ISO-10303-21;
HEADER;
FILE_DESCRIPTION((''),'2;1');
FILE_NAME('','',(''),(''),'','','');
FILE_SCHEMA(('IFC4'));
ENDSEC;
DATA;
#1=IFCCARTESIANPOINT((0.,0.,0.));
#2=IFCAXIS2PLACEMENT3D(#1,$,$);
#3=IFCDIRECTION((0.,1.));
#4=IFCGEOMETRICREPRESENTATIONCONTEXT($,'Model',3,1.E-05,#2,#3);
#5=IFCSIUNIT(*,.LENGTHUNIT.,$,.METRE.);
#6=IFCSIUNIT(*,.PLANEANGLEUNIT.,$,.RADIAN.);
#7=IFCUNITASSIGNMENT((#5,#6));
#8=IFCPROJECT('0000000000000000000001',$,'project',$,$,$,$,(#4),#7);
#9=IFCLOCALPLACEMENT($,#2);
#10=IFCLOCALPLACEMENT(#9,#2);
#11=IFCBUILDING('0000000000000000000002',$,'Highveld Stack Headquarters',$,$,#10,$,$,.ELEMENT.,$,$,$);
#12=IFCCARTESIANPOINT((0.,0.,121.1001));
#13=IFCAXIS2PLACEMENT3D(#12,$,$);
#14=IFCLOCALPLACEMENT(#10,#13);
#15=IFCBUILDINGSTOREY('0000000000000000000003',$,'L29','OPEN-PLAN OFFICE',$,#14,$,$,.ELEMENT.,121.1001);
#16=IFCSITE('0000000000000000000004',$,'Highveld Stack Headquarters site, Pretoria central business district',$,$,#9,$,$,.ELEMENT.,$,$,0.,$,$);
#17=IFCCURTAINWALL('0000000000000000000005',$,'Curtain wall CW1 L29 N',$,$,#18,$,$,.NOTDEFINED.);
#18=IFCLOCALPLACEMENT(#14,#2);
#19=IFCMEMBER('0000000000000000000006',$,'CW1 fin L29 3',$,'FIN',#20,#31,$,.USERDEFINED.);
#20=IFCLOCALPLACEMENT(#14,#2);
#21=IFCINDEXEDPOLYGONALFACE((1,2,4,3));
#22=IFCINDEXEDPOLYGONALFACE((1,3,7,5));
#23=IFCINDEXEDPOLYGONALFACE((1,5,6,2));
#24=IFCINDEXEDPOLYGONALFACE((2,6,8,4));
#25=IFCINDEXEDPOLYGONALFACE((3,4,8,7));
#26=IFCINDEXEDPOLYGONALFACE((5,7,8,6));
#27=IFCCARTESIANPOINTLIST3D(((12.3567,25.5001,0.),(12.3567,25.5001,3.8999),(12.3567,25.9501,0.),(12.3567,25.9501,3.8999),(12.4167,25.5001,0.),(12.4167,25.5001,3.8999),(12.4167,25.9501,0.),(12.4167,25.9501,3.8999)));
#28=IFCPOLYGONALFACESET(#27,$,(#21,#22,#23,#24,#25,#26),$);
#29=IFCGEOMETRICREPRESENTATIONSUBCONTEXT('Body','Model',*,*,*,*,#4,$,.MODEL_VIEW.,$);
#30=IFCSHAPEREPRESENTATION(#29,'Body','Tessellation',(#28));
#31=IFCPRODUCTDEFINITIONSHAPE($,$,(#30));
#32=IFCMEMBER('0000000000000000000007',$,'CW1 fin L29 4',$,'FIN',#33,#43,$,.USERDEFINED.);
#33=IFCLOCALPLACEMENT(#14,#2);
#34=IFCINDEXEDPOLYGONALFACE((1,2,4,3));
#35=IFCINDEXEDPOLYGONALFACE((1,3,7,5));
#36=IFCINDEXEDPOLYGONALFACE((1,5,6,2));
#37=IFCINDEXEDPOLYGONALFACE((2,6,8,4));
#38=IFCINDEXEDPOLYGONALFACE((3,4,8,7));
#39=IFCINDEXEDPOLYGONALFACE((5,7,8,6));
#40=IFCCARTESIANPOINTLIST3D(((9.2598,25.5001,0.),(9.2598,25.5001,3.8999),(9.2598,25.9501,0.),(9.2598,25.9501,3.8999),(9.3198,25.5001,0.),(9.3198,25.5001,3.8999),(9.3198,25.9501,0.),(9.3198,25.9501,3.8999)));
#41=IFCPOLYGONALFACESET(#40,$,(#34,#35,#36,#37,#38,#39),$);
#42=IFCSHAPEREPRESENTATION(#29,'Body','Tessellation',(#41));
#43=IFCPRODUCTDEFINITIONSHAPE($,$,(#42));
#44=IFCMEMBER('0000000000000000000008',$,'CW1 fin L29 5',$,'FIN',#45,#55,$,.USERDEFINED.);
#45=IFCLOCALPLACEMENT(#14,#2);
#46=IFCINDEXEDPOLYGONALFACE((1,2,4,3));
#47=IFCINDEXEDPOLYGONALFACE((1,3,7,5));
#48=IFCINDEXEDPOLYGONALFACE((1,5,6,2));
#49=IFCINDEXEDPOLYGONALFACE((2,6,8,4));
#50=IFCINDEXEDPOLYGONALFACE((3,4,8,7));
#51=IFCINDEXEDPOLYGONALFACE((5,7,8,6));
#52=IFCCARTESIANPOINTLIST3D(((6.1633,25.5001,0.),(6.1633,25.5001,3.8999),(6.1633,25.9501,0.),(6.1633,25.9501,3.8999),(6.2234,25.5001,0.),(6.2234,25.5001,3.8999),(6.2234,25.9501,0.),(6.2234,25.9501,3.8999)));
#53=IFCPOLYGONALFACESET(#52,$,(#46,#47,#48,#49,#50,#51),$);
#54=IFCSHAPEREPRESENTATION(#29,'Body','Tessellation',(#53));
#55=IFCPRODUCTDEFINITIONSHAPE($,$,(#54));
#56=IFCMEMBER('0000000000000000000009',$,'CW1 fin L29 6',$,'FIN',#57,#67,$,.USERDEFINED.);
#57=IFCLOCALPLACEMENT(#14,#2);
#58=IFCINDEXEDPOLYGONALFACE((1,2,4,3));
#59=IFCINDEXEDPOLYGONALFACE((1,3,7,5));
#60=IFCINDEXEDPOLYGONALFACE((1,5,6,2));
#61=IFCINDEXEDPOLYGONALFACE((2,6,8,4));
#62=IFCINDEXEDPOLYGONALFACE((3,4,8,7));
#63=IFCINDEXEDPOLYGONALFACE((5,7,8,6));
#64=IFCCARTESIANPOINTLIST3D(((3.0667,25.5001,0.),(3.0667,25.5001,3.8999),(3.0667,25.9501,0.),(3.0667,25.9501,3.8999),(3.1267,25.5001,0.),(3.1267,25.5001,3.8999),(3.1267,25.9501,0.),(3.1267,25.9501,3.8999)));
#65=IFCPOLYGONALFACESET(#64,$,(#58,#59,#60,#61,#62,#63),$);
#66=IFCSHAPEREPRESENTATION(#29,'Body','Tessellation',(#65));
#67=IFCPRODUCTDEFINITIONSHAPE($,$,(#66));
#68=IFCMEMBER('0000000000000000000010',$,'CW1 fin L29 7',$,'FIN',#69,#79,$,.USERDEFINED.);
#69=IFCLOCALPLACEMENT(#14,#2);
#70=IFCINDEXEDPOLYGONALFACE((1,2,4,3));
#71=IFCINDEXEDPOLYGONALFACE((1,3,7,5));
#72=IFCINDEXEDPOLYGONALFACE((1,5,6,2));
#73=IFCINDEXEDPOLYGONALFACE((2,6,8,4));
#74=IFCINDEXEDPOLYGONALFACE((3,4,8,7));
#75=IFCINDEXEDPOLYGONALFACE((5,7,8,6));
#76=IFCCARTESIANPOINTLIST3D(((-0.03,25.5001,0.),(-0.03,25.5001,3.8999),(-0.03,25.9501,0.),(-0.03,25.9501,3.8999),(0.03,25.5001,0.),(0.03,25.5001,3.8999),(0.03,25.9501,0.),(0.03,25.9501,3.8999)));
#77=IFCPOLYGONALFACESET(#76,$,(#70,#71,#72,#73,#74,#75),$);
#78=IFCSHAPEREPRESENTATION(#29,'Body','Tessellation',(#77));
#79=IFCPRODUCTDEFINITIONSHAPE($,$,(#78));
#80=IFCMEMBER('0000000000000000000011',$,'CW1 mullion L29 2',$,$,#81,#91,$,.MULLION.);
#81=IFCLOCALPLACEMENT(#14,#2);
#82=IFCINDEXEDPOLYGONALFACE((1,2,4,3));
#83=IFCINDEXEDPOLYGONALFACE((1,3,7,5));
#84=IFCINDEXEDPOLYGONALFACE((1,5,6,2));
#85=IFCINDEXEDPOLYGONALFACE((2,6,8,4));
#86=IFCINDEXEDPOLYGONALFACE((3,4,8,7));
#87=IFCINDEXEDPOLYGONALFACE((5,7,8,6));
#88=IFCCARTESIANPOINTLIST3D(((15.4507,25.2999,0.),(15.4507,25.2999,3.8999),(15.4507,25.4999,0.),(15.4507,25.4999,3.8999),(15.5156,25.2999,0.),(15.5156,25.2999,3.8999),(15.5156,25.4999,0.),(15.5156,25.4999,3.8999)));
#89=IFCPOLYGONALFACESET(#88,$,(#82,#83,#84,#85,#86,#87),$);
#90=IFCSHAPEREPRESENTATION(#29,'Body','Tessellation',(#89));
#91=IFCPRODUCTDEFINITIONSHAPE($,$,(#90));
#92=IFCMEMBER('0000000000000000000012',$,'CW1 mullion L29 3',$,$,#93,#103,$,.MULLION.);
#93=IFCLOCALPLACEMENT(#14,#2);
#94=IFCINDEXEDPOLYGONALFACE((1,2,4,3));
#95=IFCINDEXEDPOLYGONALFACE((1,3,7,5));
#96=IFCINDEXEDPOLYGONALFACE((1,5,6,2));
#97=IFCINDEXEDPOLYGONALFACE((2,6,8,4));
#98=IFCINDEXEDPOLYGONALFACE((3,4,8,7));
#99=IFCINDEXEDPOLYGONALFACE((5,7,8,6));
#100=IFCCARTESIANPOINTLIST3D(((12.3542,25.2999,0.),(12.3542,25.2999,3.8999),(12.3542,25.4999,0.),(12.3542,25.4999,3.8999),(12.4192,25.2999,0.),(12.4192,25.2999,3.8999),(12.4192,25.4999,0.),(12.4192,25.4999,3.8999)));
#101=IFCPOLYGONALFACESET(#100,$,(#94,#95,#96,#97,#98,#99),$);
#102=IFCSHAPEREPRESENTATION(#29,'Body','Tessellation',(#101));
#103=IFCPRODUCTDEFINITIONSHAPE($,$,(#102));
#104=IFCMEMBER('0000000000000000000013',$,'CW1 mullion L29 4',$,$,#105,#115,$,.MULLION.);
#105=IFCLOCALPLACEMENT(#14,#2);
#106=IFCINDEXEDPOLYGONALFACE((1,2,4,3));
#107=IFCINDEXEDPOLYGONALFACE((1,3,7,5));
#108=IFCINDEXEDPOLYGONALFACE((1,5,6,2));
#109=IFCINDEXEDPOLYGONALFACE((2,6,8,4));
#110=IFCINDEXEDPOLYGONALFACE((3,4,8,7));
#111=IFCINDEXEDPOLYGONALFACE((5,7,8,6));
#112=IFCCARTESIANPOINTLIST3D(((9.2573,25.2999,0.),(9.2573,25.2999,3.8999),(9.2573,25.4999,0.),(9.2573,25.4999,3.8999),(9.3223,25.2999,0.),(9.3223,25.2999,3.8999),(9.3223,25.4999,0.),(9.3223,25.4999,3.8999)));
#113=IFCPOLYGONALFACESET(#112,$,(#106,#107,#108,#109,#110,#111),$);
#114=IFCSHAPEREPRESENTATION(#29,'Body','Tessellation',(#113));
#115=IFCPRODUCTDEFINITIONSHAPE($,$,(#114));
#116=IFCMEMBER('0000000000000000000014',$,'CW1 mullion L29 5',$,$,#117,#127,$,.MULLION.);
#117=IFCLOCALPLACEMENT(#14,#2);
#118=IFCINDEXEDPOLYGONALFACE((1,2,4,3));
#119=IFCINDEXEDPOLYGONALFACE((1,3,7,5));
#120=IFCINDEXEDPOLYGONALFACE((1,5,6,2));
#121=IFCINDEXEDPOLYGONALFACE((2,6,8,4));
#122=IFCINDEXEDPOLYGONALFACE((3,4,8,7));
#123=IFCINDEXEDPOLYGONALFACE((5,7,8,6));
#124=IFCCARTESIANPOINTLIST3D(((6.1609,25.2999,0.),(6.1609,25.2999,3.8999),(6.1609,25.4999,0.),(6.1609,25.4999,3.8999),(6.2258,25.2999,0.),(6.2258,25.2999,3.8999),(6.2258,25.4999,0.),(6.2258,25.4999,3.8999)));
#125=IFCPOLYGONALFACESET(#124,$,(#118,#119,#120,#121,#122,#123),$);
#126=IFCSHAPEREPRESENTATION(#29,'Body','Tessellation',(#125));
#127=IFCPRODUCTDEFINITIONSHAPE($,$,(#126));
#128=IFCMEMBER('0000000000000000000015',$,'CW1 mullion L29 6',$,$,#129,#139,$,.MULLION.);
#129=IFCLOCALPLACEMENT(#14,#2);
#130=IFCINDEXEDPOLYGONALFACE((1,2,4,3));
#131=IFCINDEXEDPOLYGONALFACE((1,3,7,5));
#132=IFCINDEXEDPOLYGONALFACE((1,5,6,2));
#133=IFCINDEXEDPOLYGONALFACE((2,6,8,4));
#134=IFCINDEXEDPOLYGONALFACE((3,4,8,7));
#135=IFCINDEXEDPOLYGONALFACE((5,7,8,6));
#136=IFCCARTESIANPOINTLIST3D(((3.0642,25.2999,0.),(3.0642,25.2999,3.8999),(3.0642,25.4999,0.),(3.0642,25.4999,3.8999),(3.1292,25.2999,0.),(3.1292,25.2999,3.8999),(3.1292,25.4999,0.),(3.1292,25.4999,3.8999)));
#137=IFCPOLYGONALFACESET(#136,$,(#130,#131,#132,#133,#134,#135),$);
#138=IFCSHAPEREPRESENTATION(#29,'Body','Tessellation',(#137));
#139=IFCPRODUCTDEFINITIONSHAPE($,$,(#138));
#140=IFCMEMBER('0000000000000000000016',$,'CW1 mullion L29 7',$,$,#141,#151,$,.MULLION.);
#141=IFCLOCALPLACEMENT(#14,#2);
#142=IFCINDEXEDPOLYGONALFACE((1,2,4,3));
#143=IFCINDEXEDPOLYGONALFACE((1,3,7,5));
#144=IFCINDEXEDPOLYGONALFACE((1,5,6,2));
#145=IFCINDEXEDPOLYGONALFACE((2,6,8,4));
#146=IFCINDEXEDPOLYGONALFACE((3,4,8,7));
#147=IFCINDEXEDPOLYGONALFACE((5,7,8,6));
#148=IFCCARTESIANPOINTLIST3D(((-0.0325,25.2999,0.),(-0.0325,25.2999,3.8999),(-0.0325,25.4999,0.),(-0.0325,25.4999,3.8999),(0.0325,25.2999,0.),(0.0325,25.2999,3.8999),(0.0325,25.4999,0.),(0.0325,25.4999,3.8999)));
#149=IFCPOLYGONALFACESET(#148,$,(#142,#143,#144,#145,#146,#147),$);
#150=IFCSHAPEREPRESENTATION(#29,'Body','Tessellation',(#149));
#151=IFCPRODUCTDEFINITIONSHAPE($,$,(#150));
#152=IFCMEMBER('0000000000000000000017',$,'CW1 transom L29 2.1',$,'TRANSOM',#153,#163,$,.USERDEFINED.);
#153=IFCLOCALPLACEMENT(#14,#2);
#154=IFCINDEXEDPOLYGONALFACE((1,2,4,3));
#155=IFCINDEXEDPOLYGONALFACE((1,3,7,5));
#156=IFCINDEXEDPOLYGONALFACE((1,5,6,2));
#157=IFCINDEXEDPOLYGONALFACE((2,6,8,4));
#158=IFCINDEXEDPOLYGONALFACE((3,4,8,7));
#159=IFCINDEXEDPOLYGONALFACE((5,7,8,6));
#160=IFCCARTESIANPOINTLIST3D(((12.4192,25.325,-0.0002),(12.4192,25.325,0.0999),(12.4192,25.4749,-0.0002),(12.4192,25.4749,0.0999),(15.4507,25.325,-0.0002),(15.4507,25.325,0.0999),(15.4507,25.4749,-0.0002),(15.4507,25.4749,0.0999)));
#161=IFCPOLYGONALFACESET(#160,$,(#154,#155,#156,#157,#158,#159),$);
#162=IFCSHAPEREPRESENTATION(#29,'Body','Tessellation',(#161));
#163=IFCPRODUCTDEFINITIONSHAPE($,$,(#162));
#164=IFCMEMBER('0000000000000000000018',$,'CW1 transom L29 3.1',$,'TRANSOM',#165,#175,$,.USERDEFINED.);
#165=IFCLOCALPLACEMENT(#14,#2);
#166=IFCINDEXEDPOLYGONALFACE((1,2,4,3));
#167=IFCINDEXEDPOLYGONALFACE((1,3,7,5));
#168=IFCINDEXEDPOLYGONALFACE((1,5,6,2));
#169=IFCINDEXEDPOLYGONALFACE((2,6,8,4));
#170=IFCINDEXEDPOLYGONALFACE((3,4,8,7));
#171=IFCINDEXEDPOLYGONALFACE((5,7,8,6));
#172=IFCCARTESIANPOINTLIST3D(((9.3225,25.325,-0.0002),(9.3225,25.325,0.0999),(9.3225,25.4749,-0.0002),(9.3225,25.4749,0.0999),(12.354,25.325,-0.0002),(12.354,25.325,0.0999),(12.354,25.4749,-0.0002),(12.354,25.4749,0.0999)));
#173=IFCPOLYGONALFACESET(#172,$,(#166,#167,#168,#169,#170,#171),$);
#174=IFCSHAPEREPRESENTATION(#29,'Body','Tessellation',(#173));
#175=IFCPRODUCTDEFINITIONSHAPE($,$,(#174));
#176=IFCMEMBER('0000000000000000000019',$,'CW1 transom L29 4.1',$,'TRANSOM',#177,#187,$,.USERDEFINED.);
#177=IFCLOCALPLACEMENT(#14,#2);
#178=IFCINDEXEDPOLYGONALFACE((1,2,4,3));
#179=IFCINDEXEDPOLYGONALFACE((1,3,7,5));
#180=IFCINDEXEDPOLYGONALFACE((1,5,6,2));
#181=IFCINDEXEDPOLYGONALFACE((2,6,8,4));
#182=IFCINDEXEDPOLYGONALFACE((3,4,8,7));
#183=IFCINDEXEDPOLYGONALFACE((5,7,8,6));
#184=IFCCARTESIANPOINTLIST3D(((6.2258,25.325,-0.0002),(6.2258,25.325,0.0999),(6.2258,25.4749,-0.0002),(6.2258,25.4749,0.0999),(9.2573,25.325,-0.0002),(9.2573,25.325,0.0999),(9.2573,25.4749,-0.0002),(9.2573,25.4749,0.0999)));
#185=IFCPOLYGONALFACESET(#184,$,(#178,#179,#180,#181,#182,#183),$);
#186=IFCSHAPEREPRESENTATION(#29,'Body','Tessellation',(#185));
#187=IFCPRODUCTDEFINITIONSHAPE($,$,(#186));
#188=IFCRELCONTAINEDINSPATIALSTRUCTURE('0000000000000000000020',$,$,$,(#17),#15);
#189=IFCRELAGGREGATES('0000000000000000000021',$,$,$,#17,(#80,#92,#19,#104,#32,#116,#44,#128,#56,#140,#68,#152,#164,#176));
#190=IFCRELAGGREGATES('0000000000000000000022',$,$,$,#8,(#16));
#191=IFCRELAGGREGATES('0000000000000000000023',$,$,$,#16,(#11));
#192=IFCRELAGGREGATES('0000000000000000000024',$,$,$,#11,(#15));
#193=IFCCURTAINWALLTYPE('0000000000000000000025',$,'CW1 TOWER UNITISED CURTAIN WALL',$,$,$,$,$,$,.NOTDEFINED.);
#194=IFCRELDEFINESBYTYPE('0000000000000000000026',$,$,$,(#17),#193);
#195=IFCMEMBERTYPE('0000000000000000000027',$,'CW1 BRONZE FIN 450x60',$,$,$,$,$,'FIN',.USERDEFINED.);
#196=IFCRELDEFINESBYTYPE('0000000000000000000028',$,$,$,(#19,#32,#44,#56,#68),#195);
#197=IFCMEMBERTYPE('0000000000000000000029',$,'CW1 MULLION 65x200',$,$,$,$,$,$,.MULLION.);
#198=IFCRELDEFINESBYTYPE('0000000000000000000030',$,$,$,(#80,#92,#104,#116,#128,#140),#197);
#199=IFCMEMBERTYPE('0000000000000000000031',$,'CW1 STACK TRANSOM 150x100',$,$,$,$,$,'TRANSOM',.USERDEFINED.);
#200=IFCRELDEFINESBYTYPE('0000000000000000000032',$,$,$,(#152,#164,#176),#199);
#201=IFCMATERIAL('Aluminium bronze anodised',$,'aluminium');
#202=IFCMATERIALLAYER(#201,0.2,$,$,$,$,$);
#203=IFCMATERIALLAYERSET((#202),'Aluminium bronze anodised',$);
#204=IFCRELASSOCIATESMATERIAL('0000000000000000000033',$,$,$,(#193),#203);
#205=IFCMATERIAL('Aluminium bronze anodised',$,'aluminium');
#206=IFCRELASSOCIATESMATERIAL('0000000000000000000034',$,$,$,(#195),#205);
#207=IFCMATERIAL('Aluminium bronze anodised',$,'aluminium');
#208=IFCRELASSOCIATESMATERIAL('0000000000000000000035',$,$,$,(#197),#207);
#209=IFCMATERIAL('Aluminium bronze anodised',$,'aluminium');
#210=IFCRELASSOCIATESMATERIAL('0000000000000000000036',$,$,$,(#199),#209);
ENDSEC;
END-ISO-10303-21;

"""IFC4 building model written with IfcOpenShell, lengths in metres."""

from ifc_helpers import new_model, si_unit, direction, frame, origin, origin_2d, place, context, subcontext, project, spatial, rectangle, extrude, material, layer, layer_set, material_profile, profile_set, type_object, element, aggregate, save


model = new_model("IFC4")

# Units and contexts
model_context = context("Model", 3, precision=1e-05, world=origin(), true_north=direction((0.0, 1.0)))
body_context = subcontext(model_context, "Body", "Model", "MODEL_VIEW")
ifc_project = project(units=[si_unit("LENGTHUNIT", "METRE"), si_unit("PLANEANGLEUNIT", "RADIAN")], contexts=[model_context])

# Site, building, storey
site_placement = place(None, origin())
site = spatial("IfcSite", under=ifc_project, at=site_placement, Name="Highveld Stack Headquarters site, Pretoria central business district", CompositionType="ELEMENT", RefElevation=0.0)
building_placement = place(site_placement, origin())
building = spatial("IfcBuilding", under=site, at=building_placement, Name="Highveld Stack Headquarters", CompositionType="ELEMENT")
storey_placement = place(building_placement, frame((0.0, 0.0, 121.1001)))
storey = spatial("IfcBuildingStorey", under=building, at=storey_placement, Name="L29", Description="OPEN-PLAN OFFICE", CompositionType="ELEMENT", Elevation=121.1001)

# Curtain wall, members
ifc_material_1 = material(Name="Aluminium bronze anodised", Category="aluminium")
ifc_layer_1 = layer(ifc_material_1, 0.2)
ifc_layer_set_1 = layer_set([ifc_layer_1], Name="Aluminium bronze anodised")
curtain_wall_type = type_object("IfcCurtainWallType", Name="CW1 TOWER UNITISED CURTAIN WALL", PredefinedType="NOTDEFINED", material=ifc_layer_set_1)
curtain_wall_placement = place(storey_placement, origin())
curtain_wall = element("IfcCurtainWall", 1, at=curtain_wall_placement, inside=storey, type_object=curtain_wall_type, Name="Curtain wall CW1 L29 N", PredefinedType="NOTDEFINED")
ifc_material_2 = material(Name="Aluminium bronze anodised", Category="aluminium")
ifc_material_profile_1 = material_profile(ifc_material_2, rectangle(XDim=0.45, YDim=0.0601, at=origin_2d()), Name="FIN 450x60")
ifc_profile_set_1 = profile_set([ifc_material_profile_1], Name="Aluminium bronze anodised")
member_type_1 = type_object("IfcMemberType", Name="CW1 BRONZE FIN 450x60", ElementType="FIN", PredefinedType="USERDEFINED", material=ifc_profile_set_1)
member_1_placement = place(storey_placement, frame((12.3867, 25.7251, 0.0), z_axis=(0.0, 0.0, 1.0), x_axis=(0.0, -1.0, 0.0)))
member_1 = element("IfcMember", 2, at=member_1_placement, type_object=member_type_1, Name="CW1 fin L29 3", ObjectType="FIN", PredefinedType="USERDEFINED", context=body_context, shape_type="SweptSolid", body=[
    extrude(rectangle(XDim=0.45, YDim=0.0601, at=origin_2d()), origin(), (0.0, 0.0, 1.0), 3.8999),
])
member_2_placement = place(storey_placement, frame((9.2898, 25.7251, 0.0), z_axis=(0.0, 0.0, 1.0), x_axis=(0.0, -1.0, 0.0)))
member_2 = element("IfcMember", 3, at=member_2_placement, type_object=member_type_1, Name="CW1 fin L29 4", ObjectType="FIN", PredefinedType="USERDEFINED", context=body_context, shape_type="SweptSolid", body=[
    extrude(rectangle(XDim=0.45, YDim=0.0601, at=origin_2d()), origin(), (0.0, 0.0, 1.0), 3.8999),
])
member_3_placement = place(storey_placement, frame((6.1934, 25.7251, 0.0), z_axis=(0.0, 0.0, 1.0), x_axis=(0.0, -1.0, 0.0)))
member_3 = element("IfcMember", 4, at=member_3_placement, type_object=member_type_1, Name="CW1 fin L29 5", ObjectType="FIN", PredefinedType="USERDEFINED", context=body_context, shape_type="SweptSolid", body=[
    extrude(rectangle(XDim=0.45, YDim=0.0601, at=origin_2d()), origin(), (0.0, 0.0, 1.0), 3.8999),
])
member_4_placement = place(storey_placement, frame((3.0967, 25.7251, 0.0), z_axis=(0.0, 0.0, 1.0), x_axis=(0.0, -1.0, 0.0)))
member_4 = element("IfcMember", 5, at=member_4_placement, type_object=member_type_1, Name="CW1 fin L29 6", ObjectType="FIN", PredefinedType="USERDEFINED", context=body_context, shape_type="SweptSolid", body=[
    extrude(rectangle(XDim=0.45, YDim=0.0601, at=origin_2d()), origin(), (0.0, 0.0, 1.0), 3.8999),
])
member_5_placement = place(storey_placement, frame((0.0, 25.7251, 0.0), z_axis=(0.0, 0.0, 1.0), x_axis=(0.0, -1.0, 0.0)))
member_5 = element("IfcMember", 6, at=member_5_placement, type_object=member_type_1, Name="CW1 fin L29 7", ObjectType="FIN", PredefinedType="USERDEFINED", context=body_context, shape_type="SweptSolid", body=[
    extrude(rectangle(XDim=0.45, YDim=0.0601, at=origin_2d()), origin(), (0.0, 0.0, 1.0), 3.8999),
])
ifc_material_3 = material(Name="Aluminium bronze anodised", Category="aluminium")
ifc_material_profile_2 = material_profile(ifc_material_3, rectangle(XDim=0.2, YDim=0.0649, at=origin_2d()), Name="CW1 MULLION 65x200")
ifc_profile_set_2 = profile_set([ifc_material_profile_2], Name="Aluminium bronze anodised")
member_type_2 = type_object("IfcMemberType", Name="CW1 MULLION 65x200", PredefinedType="MULLION", material=ifc_profile_set_2)
member_6_placement = place(storey_placement, frame((15.4832, 25.3999, 0.0), z_axis=(0.0, 0.0, 1.0), x_axis=(0.0, -1.0, 0.0)))
member_6 = element("IfcMember", 7, at=member_6_placement, type_object=member_type_2, Name="CW1 mullion L29 2", PredefinedType="MULLION", context=body_context, shape_type="SweptSolid", body=[
    extrude(rectangle(XDim=0.2, YDim=0.0649, at=origin_2d()), origin(), (0.0, 0.0, 1.0), 3.8999),
])
member_7_placement = place(storey_placement, frame((12.3867, 25.3999, 0.0), z_axis=(0.0, 0.0, 1.0), x_axis=(0.0, -1.0, 0.0)))
member_7 = element("IfcMember", 8, at=member_7_placement, type_object=member_type_2, Name="CW1 mullion L29 3", PredefinedType="MULLION", context=body_context, shape_type="SweptSolid", body=[
    extrude(rectangle(XDim=0.2, YDim=0.0649, at=origin_2d()), origin(), (0.0, 0.0, 1.0), 3.8999),
])
member_8_placement = place(storey_placement, frame((9.2898, 25.3999, 0.0), z_axis=(0.0, 0.0, 1.0), x_axis=(0.0, -1.0, 0.0)))
member_8 = element("IfcMember", 9, at=member_8_placement, type_object=member_type_2, Name="CW1 mullion L29 4", PredefinedType="MULLION", context=body_context, shape_type="SweptSolid", body=[
    extrude(rectangle(XDim=0.2, YDim=0.0649, at=origin_2d()), origin(), (0.0, 0.0, 1.0), 3.8999),
])
member_9_placement = place(storey_placement, frame((6.1934, 25.3999, 0.0), z_axis=(0.0, 0.0, 1.0), x_axis=(0.0, -1.0, 0.0)))
member_9 = element("IfcMember", 10, at=member_9_placement, type_object=member_type_2, Name="CW1 mullion L29 5", PredefinedType="MULLION", context=body_context, shape_type="SweptSolid", body=[
    extrude(rectangle(XDim=0.2, YDim=0.0649, at=origin_2d()), origin(), (0.0, 0.0, 1.0), 3.8999),
])
member_10_placement = place(storey_placement, frame((3.0967, 25.3999, 0.0), z_axis=(0.0, 0.0, 1.0), x_axis=(0.0, -1.0, 0.0)))
member_10 = element("IfcMember", 11, at=member_10_placement, type_object=member_type_2, Name="CW1 mullion L29 6", PredefinedType="MULLION", context=body_context, shape_type="SweptSolid", body=[
    extrude(rectangle(XDim=0.2, YDim=0.0649, at=origin_2d()), origin(), (0.0, 0.0, 1.0), 3.8999),
])
member_11_placement = place(storey_placement, frame((0.0, 25.3999, 0.0), z_axis=(0.0, 0.0, 1.0), x_axis=(0.0, -1.0, 0.0)))
member_11 = element("IfcMember", 12, at=member_11_placement, type_object=member_type_2, Name="CW1 mullion L29 7", PredefinedType="MULLION", context=body_context, shape_type="SweptSolid", body=[
    extrude(rectangle(XDim=0.2, YDim=0.0649, at=origin_2d()), origin(), (0.0, 0.0, 1.0), 3.8999),
])
ifc_material_4 = material(Name="Aluminium bronze anodised", Category="aluminium")
ifc_material_profile_3 = material_profile(ifc_material_4, rectangle(XDim=0.1499, YDim=0.1001, at=origin_2d()), Name="CW1 TRANSOM 150x100")
ifc_profile_set_3 = profile_set([ifc_material_profile_3], Name="Aluminium bronze anodised")
member_type_3 = type_object("IfcMemberType", Name="CW1 STACK TRANSOM 150x100", ElementType="TRANSOM", PredefinedType="USERDEFINED", material=ifc_profile_set_3)
member_12_placement = place(storey_placement, frame((15.4507, 25.3999, 0.0498), z_axis=(-1.0, 0.0, 0.0), x_axis=(0.0, -1.0, 0.0)))
member_12 = element("IfcMember", 13, at=member_12_placement, type_object=member_type_3, Name="CW1 transom L29 2.1", ObjectType="TRANSOM", PredefinedType="USERDEFINED", context=body_context, shape_type="SweptSolid", body=[
    extrude(rectangle(XDim=0.1499, YDim=0.1001, at=origin_2d()), origin(), (0.0, 0.0, 1.0), 3.0315),
])
member_13_placement = place(storey_placement, frame((12.354, 25.3999, 0.0498), z_axis=(-1.0, 0.0, 0.0), x_axis=(0.0, -1.0, 0.0)))
member_13 = element("IfcMember", 14, at=member_13_placement, type_object=member_type_3, Name="CW1 transom L29 3.1", ObjectType="TRANSOM", PredefinedType="USERDEFINED", context=body_context, shape_type="SweptSolid", body=[
    extrude(rectangle(XDim=0.1499, YDim=0.1001, at=origin_2d()), origin(), (0.0, 0.0, 1.0), 3.0315),
])
member_14_placement = place(storey_placement, frame((9.2573, 25.3999, 0.0498), z_axis=(-1.0, 0.0, 0.0), x_axis=(0.0, -1.0, 0.0)))
member_14 = element("IfcMember", 15, at=member_14_placement, type_object=member_type_3, Name="CW1 transom L29 4.1", ObjectType="TRANSOM", PredefinedType="USERDEFINED", context=body_context, shape_type="SweptSolid", body=[
    extrude(rectangle(XDim=0.1499, YDim=0.1001, at=origin_2d()), origin(), (0.0, 0.0, 1.0), 3.0315),
])
aggregate(curtain_wall, [member_6, member_7, member_1, member_8, member_2, member_9, member_3, member_10, member_4, member_11, member_5, member_12, member_13, member_14])

save(model, "model.ifc")
